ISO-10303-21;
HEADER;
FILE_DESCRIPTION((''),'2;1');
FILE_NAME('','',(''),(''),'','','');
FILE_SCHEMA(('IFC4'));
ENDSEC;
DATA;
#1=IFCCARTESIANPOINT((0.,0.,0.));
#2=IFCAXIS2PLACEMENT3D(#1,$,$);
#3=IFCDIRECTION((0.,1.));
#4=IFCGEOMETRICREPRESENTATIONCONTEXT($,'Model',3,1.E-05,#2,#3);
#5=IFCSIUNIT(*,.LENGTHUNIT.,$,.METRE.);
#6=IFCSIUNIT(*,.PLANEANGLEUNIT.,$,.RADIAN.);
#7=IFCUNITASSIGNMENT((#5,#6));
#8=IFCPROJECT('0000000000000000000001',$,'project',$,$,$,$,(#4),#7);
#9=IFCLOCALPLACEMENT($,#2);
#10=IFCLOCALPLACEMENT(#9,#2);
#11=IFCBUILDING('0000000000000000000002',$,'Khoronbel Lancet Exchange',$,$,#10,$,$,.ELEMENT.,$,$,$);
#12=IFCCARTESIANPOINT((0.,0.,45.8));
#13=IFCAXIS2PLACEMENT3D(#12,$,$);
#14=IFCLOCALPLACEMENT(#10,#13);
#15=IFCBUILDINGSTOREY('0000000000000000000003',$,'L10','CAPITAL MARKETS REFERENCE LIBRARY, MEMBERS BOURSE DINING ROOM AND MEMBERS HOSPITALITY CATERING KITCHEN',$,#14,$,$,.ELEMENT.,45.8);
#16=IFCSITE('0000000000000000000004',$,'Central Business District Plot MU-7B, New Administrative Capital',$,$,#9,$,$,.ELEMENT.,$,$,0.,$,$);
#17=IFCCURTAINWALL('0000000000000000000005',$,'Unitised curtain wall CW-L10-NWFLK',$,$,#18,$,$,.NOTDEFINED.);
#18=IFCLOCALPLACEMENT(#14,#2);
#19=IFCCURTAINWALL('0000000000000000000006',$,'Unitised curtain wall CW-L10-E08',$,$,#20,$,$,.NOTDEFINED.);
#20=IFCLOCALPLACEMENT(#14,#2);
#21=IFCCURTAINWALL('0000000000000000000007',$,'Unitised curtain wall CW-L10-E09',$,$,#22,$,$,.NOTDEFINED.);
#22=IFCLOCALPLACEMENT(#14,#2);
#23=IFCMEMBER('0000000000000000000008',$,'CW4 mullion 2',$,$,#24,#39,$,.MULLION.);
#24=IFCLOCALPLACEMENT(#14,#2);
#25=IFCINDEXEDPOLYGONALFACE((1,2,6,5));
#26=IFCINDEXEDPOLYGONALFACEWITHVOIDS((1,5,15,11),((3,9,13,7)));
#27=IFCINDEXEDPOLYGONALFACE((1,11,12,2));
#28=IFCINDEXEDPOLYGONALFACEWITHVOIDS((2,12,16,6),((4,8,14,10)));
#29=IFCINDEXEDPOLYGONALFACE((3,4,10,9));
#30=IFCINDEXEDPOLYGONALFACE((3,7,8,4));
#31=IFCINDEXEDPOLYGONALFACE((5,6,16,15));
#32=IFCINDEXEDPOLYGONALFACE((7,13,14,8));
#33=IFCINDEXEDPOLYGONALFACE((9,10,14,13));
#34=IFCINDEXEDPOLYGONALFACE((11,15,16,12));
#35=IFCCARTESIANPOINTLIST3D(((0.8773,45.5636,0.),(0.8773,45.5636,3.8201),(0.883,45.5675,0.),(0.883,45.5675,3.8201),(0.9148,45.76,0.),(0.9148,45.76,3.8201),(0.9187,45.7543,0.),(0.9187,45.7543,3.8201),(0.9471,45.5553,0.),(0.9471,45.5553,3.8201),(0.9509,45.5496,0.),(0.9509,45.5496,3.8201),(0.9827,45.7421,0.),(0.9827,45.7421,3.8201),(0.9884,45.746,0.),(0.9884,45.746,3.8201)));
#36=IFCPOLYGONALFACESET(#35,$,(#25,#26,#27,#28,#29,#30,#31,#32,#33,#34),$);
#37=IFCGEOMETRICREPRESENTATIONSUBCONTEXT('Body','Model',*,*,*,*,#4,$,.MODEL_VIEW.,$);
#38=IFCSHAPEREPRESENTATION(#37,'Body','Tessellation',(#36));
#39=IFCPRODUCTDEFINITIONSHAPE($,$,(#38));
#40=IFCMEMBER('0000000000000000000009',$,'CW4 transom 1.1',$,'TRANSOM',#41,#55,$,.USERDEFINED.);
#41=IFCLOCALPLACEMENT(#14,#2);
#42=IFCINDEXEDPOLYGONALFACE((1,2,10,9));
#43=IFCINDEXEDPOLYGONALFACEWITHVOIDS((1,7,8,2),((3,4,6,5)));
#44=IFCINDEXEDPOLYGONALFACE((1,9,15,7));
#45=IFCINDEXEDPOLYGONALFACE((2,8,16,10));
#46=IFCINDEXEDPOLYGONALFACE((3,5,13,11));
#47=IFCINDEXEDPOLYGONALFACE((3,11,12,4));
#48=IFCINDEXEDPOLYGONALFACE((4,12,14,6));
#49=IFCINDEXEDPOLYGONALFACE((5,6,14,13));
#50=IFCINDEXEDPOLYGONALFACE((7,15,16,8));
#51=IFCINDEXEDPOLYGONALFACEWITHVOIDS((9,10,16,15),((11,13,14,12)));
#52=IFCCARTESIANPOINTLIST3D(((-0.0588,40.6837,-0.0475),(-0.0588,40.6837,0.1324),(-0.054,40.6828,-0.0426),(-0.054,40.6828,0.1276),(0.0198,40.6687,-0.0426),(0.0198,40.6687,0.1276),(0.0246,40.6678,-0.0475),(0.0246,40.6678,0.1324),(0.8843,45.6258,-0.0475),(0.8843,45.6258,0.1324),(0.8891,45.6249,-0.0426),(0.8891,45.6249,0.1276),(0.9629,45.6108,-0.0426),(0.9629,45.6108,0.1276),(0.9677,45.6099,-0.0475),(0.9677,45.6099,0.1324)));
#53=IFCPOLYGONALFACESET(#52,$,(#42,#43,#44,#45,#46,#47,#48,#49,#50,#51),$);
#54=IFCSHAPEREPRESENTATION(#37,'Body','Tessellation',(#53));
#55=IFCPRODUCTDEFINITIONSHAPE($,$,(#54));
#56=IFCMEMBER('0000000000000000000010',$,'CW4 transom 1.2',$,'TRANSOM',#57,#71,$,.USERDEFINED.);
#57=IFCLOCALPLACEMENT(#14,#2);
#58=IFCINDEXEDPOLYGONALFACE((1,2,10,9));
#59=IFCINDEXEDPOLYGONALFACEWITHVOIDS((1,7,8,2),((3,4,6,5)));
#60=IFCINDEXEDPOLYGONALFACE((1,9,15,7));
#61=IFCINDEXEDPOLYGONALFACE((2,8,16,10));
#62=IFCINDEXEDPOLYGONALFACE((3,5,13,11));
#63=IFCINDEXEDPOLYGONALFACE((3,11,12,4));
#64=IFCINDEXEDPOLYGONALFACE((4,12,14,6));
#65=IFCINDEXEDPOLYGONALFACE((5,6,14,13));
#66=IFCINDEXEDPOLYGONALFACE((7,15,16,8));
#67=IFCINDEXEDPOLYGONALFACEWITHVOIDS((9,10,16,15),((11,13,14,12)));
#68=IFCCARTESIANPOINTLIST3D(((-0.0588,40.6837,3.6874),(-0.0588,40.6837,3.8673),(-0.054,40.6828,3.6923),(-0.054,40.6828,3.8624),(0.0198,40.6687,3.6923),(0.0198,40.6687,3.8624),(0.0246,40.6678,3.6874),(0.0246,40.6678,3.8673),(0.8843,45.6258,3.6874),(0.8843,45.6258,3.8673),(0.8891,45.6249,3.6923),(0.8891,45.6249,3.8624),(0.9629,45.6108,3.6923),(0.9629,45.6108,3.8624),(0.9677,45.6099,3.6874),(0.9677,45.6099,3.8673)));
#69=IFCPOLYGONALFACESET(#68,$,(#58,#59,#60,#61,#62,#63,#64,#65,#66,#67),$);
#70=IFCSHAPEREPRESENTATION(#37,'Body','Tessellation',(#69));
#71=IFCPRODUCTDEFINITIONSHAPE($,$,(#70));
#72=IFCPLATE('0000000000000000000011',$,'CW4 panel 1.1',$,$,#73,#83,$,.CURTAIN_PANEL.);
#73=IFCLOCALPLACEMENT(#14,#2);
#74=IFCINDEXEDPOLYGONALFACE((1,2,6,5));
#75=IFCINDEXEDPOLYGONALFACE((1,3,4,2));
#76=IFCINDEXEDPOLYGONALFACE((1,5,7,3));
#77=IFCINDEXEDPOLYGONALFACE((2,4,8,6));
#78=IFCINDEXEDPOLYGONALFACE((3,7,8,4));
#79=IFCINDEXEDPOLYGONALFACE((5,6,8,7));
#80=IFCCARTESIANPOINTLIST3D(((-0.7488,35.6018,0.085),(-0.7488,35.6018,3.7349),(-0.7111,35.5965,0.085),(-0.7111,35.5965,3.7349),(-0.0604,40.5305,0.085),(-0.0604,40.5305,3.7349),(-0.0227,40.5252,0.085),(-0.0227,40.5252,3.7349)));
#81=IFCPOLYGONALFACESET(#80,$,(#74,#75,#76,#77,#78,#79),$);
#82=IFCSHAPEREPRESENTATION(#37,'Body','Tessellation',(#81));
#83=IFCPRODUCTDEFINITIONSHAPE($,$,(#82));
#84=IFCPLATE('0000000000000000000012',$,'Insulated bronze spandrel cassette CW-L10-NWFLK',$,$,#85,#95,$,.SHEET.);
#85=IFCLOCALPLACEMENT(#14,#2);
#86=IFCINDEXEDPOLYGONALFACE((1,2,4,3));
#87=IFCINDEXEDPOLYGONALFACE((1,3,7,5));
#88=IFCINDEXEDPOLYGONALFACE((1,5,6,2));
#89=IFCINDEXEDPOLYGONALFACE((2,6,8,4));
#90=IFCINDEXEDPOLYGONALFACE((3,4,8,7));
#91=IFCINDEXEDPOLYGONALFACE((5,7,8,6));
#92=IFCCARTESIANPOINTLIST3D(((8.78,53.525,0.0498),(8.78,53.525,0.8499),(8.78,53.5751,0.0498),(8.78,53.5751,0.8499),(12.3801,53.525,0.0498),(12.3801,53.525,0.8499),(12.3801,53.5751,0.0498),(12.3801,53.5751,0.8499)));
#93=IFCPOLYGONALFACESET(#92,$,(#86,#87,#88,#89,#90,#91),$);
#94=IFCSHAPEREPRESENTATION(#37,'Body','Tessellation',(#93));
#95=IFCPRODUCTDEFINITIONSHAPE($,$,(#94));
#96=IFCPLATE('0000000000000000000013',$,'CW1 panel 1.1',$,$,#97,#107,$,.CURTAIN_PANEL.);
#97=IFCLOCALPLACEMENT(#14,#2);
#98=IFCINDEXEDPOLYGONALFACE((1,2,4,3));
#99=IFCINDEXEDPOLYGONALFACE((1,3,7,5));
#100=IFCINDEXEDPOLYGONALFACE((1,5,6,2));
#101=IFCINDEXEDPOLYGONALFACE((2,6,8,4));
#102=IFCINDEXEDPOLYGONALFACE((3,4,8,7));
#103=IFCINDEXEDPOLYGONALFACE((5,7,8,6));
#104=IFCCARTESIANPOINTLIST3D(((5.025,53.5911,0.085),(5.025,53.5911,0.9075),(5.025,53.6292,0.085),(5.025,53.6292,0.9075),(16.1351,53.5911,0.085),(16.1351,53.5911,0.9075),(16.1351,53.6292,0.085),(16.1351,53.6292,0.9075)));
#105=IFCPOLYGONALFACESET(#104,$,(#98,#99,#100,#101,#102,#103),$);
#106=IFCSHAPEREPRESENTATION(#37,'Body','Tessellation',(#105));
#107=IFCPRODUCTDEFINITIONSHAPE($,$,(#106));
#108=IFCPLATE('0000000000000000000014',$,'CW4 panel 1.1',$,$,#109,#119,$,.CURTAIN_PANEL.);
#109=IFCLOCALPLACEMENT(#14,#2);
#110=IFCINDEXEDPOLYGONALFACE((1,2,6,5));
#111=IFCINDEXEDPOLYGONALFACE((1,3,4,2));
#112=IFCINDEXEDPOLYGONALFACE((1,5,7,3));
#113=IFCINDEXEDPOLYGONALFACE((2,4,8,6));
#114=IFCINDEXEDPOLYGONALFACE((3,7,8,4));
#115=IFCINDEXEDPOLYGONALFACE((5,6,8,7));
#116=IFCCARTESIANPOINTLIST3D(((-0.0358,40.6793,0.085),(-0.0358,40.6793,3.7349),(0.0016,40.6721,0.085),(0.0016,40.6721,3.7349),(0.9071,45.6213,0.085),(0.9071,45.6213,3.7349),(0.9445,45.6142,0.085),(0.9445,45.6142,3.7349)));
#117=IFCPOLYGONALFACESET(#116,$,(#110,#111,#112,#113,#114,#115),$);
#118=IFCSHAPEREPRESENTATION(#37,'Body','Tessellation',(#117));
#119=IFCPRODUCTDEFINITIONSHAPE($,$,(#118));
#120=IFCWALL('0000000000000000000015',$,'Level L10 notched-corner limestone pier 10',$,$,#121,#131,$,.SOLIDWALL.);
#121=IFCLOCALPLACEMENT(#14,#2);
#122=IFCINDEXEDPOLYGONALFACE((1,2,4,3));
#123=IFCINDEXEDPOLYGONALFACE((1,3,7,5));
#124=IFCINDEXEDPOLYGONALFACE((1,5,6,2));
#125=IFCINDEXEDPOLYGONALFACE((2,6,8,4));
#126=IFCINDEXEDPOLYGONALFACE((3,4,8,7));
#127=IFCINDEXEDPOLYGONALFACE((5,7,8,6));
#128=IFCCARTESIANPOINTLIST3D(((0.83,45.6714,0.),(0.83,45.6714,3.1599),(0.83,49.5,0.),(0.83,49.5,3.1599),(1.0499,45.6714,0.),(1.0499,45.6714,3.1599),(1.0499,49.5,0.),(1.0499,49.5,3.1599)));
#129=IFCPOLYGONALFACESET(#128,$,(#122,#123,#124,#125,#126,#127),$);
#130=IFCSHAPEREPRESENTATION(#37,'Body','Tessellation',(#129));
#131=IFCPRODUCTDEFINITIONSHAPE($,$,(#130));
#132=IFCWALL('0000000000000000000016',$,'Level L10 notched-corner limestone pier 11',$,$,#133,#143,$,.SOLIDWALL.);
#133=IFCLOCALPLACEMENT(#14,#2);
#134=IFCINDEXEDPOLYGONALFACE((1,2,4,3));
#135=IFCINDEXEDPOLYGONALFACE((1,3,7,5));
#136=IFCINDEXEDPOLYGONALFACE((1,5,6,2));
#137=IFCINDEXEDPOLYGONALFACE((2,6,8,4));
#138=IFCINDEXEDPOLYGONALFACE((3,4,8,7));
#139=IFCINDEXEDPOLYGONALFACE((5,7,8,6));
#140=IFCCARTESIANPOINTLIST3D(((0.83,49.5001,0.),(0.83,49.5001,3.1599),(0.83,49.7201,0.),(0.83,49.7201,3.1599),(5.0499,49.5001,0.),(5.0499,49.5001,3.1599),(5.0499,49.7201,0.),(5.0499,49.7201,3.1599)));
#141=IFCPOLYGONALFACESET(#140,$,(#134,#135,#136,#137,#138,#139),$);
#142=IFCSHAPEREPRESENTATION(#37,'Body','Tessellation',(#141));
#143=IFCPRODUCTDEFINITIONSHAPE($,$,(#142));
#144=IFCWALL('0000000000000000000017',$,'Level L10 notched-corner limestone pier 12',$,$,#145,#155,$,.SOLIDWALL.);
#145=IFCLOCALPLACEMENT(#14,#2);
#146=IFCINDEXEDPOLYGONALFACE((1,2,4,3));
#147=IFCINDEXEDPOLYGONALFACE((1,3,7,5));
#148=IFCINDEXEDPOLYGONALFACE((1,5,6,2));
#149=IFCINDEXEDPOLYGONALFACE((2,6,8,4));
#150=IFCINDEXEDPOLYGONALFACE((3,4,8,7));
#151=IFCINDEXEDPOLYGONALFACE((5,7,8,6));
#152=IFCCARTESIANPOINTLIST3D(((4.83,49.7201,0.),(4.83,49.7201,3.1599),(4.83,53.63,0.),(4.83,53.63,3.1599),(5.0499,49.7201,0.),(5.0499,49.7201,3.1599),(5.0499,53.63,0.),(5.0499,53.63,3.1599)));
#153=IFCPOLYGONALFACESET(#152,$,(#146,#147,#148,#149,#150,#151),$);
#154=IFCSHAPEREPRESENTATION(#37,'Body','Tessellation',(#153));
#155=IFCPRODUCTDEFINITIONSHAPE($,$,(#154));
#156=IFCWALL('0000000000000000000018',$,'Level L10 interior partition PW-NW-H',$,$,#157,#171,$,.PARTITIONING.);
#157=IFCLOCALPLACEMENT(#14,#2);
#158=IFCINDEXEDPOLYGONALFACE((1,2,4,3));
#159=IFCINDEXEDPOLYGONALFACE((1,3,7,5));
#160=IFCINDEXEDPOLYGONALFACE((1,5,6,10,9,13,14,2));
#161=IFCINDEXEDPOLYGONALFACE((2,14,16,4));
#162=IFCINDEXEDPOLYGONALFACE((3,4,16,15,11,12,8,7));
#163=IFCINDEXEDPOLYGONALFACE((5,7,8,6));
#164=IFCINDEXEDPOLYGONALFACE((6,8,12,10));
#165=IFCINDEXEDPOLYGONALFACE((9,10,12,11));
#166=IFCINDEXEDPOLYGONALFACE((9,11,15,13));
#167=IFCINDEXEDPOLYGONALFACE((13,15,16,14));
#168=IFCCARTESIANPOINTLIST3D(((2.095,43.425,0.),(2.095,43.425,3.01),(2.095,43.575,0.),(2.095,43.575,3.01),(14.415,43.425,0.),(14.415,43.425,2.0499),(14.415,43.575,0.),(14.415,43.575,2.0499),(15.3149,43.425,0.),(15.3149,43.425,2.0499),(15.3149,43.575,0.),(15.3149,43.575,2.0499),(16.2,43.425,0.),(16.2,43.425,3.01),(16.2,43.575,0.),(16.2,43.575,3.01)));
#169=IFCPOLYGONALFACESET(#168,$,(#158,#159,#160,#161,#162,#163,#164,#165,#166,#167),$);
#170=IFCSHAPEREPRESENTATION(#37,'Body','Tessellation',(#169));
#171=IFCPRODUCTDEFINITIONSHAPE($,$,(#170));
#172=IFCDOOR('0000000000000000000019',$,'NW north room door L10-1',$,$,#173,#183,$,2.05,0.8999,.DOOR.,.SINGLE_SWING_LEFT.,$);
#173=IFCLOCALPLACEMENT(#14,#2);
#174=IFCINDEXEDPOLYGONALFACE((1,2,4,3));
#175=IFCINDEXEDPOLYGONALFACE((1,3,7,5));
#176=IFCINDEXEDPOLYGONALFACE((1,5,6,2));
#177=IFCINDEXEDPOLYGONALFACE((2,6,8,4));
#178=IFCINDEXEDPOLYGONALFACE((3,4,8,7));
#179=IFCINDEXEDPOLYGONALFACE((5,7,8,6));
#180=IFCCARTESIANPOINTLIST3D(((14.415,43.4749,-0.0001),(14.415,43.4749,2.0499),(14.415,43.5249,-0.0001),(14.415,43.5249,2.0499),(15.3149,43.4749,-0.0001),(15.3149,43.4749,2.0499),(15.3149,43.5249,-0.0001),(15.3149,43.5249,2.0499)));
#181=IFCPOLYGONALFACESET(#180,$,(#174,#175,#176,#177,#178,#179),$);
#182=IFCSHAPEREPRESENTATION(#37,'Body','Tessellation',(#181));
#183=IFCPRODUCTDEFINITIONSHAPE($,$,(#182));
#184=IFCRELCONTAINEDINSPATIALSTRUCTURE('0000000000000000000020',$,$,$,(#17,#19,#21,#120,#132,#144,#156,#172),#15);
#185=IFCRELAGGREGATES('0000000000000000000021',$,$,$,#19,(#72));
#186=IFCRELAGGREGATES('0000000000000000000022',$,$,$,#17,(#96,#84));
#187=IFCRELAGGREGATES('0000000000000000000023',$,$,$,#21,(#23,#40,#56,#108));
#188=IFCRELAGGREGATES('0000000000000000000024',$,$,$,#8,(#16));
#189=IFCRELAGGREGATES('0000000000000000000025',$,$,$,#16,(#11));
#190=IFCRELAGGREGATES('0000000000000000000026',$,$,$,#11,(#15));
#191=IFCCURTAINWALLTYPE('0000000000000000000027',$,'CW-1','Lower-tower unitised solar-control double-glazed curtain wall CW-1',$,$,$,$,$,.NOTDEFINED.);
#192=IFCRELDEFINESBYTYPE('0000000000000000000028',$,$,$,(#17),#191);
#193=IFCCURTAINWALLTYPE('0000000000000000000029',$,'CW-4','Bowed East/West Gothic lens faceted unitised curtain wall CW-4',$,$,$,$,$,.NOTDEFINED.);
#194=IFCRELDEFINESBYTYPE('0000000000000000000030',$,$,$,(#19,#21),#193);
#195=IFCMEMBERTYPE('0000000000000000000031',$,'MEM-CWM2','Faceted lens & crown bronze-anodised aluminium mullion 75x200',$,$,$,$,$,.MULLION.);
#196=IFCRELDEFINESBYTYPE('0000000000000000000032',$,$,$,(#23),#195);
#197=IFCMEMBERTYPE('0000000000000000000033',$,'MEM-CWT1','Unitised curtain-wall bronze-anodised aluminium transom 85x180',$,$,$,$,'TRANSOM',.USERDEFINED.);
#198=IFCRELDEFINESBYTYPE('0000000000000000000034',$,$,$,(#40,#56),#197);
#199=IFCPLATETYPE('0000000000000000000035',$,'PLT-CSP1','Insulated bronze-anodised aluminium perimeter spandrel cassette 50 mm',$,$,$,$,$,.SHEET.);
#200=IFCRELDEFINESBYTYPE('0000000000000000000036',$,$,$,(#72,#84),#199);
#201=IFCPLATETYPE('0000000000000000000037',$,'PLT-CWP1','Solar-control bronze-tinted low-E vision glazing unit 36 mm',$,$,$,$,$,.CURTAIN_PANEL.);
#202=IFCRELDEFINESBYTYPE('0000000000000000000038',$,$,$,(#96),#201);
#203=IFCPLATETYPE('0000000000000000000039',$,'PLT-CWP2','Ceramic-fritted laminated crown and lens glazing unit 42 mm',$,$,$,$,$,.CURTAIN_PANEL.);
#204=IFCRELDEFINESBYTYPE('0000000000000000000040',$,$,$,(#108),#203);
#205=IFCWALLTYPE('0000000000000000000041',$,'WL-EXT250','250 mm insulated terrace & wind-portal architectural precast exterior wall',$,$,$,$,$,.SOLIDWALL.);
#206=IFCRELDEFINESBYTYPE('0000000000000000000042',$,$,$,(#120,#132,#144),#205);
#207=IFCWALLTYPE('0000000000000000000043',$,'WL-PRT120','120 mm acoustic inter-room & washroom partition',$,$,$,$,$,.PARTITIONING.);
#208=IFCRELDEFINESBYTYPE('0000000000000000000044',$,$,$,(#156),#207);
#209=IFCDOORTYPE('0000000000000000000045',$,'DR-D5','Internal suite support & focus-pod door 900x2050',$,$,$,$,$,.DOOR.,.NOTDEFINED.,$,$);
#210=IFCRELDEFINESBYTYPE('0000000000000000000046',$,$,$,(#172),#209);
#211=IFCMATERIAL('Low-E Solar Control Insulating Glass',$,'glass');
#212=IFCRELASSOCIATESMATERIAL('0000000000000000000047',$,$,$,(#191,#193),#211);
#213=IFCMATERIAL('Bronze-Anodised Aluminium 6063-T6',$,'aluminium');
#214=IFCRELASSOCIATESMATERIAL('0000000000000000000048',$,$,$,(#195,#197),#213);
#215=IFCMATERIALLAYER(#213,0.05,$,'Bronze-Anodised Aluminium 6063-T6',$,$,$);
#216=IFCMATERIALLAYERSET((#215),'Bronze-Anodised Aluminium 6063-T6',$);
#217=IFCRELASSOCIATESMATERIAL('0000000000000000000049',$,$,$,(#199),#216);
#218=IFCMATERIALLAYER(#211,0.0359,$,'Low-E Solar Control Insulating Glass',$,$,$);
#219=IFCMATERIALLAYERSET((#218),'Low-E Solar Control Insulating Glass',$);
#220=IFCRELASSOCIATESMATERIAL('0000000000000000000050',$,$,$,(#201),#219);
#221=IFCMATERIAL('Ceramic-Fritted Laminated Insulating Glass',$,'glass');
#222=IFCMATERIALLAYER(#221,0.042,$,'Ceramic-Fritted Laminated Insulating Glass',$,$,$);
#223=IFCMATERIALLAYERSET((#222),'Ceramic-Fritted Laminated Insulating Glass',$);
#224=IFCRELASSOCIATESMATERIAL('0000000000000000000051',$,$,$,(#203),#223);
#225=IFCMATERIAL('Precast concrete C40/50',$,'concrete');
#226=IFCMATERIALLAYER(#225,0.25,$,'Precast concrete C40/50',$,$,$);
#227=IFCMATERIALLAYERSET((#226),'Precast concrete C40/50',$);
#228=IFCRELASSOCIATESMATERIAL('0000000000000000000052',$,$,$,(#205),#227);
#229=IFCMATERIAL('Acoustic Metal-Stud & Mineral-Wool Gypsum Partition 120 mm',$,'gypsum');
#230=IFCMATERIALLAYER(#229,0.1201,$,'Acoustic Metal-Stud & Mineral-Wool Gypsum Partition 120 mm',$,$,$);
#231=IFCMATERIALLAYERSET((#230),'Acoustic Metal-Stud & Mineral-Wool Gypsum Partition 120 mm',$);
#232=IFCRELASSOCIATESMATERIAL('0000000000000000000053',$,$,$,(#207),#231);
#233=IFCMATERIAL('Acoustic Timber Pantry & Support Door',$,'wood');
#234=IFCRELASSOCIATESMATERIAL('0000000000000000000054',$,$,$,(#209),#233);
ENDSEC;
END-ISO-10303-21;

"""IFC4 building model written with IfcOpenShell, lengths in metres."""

from ifc_helpers import new_model, si_unit, direction, frame, frame_2d, origin, origin_2d, place, context, subcontext, project, spatial, rectangle, hollow_rectangle, extrude, material, layer, layer_set, material_profile, profile_set, type_object, element, fill, aggregate, save


model = new_model("IFC4")

# Units and contexts
model_context = context("Model", 3, precision=1e-05, world=origin(), true_north=direction((0.0, 1.0)))
body_context = subcontext(model_context, "Body", "Model", "MODEL_VIEW")
ifc_project = project(units=[si_unit("LENGTHUNIT", "METRE"), si_unit("PLANEANGLEUNIT", "RADIAN")], contexts=[model_context])

# Site, building, storey
site_placement = place(None, origin())
site = spatial("IfcSite", under=ifc_project, at=site_placement, Name="Central Business District Plot MU-7B, New Administrative Capital", CompositionType="ELEMENT", RefElevation=0.0)
building_placement = place(site_placement, origin())
building = spatial("IfcBuilding", under=site, at=building_placement, Name="Khoronbel Lancet Exchange", CompositionType="ELEMENT")
storey_placement = place(building_placement, frame((0.0, 0.0, 45.8)))
storey = spatial("IfcBuildingStorey", under=building, at=storey_placement, Name="L10", Description="CAPITAL MARKETS REFERENCE LIBRARY, MEMBERS BOURSE DINING ROOM AND MEMBERS HOSPITALITY CATERING KITCHEN", CompositionType="ELEMENT", Elevation=45.8)

# Curtain walls
ifc_material_1 = material(Name="Low-E Solar Control Insulating Glass", Category="glass")
curtain_wall_type_1 = type_object("IfcCurtainWallType", Name="CW-1", Description="Lower-tower unitised solar-control double-glazed curtain wall CW-1", PredefinedType="NOTDEFINED", material=ifc_material_1)
curtain_wall_1_placement = place(storey_placement, origin())
curtain_wall_1 = element("IfcCurtainWall", 1, at=curtain_wall_1_placement, inside=storey, type_object=curtain_wall_type_1, Name="Unitised curtain wall CW-L10-NWFLK", PredefinedType="NOTDEFINED")
ifc_material_2 = material(Name="Bronze-Anodised Aluminium 6063-T6", Category="aluminium")
curtain_wall_type_2 = type_object("IfcCurtainWallType", Name="CW-4", Description="Bowed East/West Gothic lens faceted unitised curtain wall CW-4", PredefinedType="NOTDEFINED", material=ifc_material_1)
curtain_wall_2_placement = place(storey_placement, origin())
curtain_wall_2 = element("IfcCurtainWall", 2, at=curtain_wall_2_placement, inside=storey, type_object=curtain_wall_type_2, Name="Unitised curtain wall CW-L10-E08", PredefinedType="NOTDEFINED")
ifc_material_profile_1 = material_profile(ifc_material_2, hollow_rectangle(XDim=0.075, YDim=0.2, WallThickness=0.0049, at=origin_2d()), Name="ALU MULLION 75x200")
ifc_profile_set_1 = profile_set([ifc_material_profile_1], Name="Bronze-Anodised Aluminium 6063-T6")
member_type_1 = type_object("IfcMemberType", Name="MEM-CWM2", Description="Faceted lens & crown bronze-anodised aluminium mullion 75x200", PredefinedType="MULLION", material=ifc_profile_set_1)

# Curtain wall, members
curtain_wall_3_placement = place(storey_placement, origin())
curtain_wall_3 = element("IfcCurtainWall", 3, at=curtain_wall_3_placement, inside=storey, type_object=curtain_wall_type_2, Name="Unitised curtain wall CW-L10-E09", PredefinedType="NOTDEFINED")
member_1_placement = place(storey_placement, frame((0.9329, 45.6548, 0.0), z_axis=(0.0, 0.0, 1.0), x_axis=(-0.982279, 0.187423, 0.0)))
member_1 = element("IfcMember", 4, at=member_1_placement, type_object=member_type_1, Name="CW4 mullion 2", PredefinedType="MULLION", context=body_context, shape_type="SweptSolid", body=[
    extrude(hollow_rectangle(XDim=0.075, YDim=0.2, WallThickness=0.0049, at=origin_2d()), origin(), (0.0, 0.0, 1.0), 3.8201),
])
ifc_material_profile_2 = material_profile(ifc_material_2, hollow_rectangle(XDim=0.085, YDim=0.1799, WallThickness=0.0049, at=origin_2d()), Name="ALU TRANSOM 85x180")
ifc_profile_set_2 = profile_set([ifc_material_profile_2], Name="Bronze-Anodised Aluminium 6063-T6")
member_type_2 = type_object("IfcMemberType", Name="MEM-CWT1", Description="Unitised curtain-wall bronze-anodised aluminium transom 85x180", ElementType="TRANSOM", PredefinedType="USERDEFINED", material=ifc_profile_set_2)
member_2_placement = place(storey_placement, frame((-0.0171, 40.6758, 0.0425), z_axis=(0.187449, 0.982274, 0.0), x_axis=(-0.982274, 0.187449, 0.0)))
member_2 = element("IfcMember", 5, at=member_2_placement, type_object=member_type_2, Name="CW4 transom 1.1", ObjectType="TRANSOM", PredefinedType="USERDEFINED", context=body_context, shape_type="SweptSolid", body=[
    extrude(hollow_rectangle(XDim=0.085, YDim=0.1799, WallThickness=0.0049, at=origin_2d()), origin(), (0.0, 0.0, 1.0), 5.0312),
])
member_3_placement = place(storey_placement, frame((-0.0171, 40.6758, 3.7773), z_axis=(0.187449, 0.982274, 0.0), x_axis=(-0.982274, 0.187449, 0.0)))
member_3 = element("IfcMember", 6, at=member_3_placement, type_object=member_type_2, Name="CW4 transom 1.2", ObjectType="TRANSOM", PredefinedType="USERDEFINED", context=body_context, shape_type="SweptSolid", body=[
    extrude(hollow_rectangle(XDim=0.085, YDim=0.1799, WallThickness=0.0049, at=origin_2d()), origin(), (0.0, 0.0, 1.0), 5.0312),
])

# Plates
ifc_layer_1 = layer(ifc_material_2, 0.05, Name="Bronze-Anodised Aluminium 6063-T6")
ifc_layer_set_1 = layer_set([ifc_layer_1], Name="Bronze-Anodised Aluminium 6063-T6")
plate_type_1 = type_object("IfcPlateType", Name="PLT-CSP1", Description="Insulated bronze-anodised aluminium perimeter spandrel cassette 50 mm", PredefinedType="SHEET", material=ifc_layer_set_1)
plate_1_placement = place(storey_placement, frame((-0.3857, 38.0635, 0.085), z_axis=(0.0, 0.0, 1.0), x_axis=(0.13834, 0.990385, 0.0)))
plate_1 = element("IfcPlate", 7, at=plate_1_placement, type_object=plate_type_1, Name="CW4 panel 1.1", PredefinedType="CURTAIN_PANEL", context=body_context, shape_type="SweptSolid", body=[
    extrude(rectangle(XDim=4.9766, YDim=0.0381, at=origin_2d()), origin(), (0.0, 0.0, 1.0), 3.6499),
])
aggregate(curtain_wall_2, [plate_1])
plate_2_placement = place(storey_placement, frame((10.5801, 53.55, 0.0498), z_axis=(0.0, 0.0, 1.0), x_axis=(-1.0, 0.0, 0.0)))
plate_2 = element("IfcPlate", 8, at=plate_2_placement, type_object=plate_type_1, Name="Insulated bronze spandrel cassette CW-L10-NWFLK", PredefinedType="SHEET", context=body_context, shape_type="SweptSolid", body=[
    extrude(rectangle(XDim=3.6001, YDim=0.05, at=origin_2d()), origin(), (0.0, 0.0, 1.0), 0.8),
])
ifc_layer_2 = layer(ifc_material_1, 0.0359, Name="Low-E Solar Control Insulating Glass")
ifc_layer_set_2 = layer_set([ifc_layer_2], Name="Low-E Solar Control Insulating Glass")
plate_type_2 = type_object("IfcPlateType", Name="PLT-CWP1", Description="Solar-control bronze-tinted low-E vision glazing unit 36 mm", PredefinedType="CURTAIN_PANEL", material=ifc_layer_set_2)
plate_3_placement = place(storey_placement, frame((10.5801, 53.6101, 0.085), z_axis=(0.0, 0.0, 1.0), x_axis=(-1.0, 0.0, 0.0)))
plate_3 = element("IfcPlate", 9, at=plate_3_placement, type_object=plate_type_2, Name="CW1 panel 1.1", PredefinedType="CURTAIN_PANEL", context=body_context, shape_type="SweptSolid", body=[
    extrude(rectangle(XDim=11.1101, YDim=0.0381, at=origin_2d()), origin(), (0.0, 0.0, 1.0), 0.8225),
])
aggregate(curtain_wall_1, [plate_3, plate_2])
ifc_material_3 = material(Name="Ceramic-Fritted Laminated Insulating Glass", Category="glass")
ifc_layer_3 = layer(ifc_material_3, 0.042, Name="Ceramic-Fritted Laminated Insulating Glass")
ifc_layer_set_3 = layer_set([ifc_layer_3], Name="Ceramic-Fritted Laminated Insulating Glass")
plate_type_3 = type_object("IfcPlateType", Name="PLT-CWP2", Description="Ceramic-fritted laminated crown and lens glazing unit 42 mm", PredefinedType="CURTAIN_PANEL", material=ifc_layer_set_3)
plate_4_placement = place(storey_placement, frame((0.4543, 43.1467, 0.085), z_axis=(0.0, 0.0, 1.0), x_axis=(0.187423, 0.982279, 0.0)))
plate_4 = element("IfcPlate", 10, at=plate_4_placement, type_object=plate_type_3, Name="CW4 panel 1.1", PredefinedType="CURTAIN_PANEL", context=body_context, shape_type="SweptSolid", body=[
    extrude(rectangle(XDim=5.0312, YDim=0.0381, at=origin_2d()), origin(), (0.0, 0.0, 1.0), 3.6499),
])
aggregate(curtain_wall_3, [member_1, member_2, member_3, plate_4])

# Walls
ifc_material_4 = material(Name="Precast concrete C40/50", Category="concrete")
ifc_layer_4 = layer(ifc_material_4, 0.25, Name="Precast concrete C40/50")
ifc_layer_set_4 = layer_set([ifc_layer_4], Name="Precast concrete C40/50")
wall_type_1 = type_object("IfcWallType", Name="WL-EXT250", Description="250 mm insulated terrace & wind-portal architectural precast exterior wall", PredefinedType="SOLIDWALL", material=ifc_layer_set_4)
wall_1_placement = place(storey_placement, frame((0.9399, 45.6714, 0.0), z_axis=(0.0, 0.0, 1.0), x_axis=(0.0, 1.0, 0.0)))
element("IfcWall", 11, at=wall_1_placement, inside=storey, type_object=wall_type_1, Name="Level L10 notched-corner limestone pier 10", PredefinedType="SOLIDWALL", context=body_context, shape_type="SweptSolid", body=[
    extrude(rectangle(XDim=3.8286, YDim=0.22, at=frame_2d((1.9143, 0.0))), origin(), (0.0, 0.0, 1.0), 3.1599),
])
wall_2_placement = place(storey_placement, frame((0.8301, 49.6101, 0.0), z_axis=(0.0, 0.0, 1.0), x_axis=(1.0, 0.0, 0.0)))
element("IfcWall", 12, at=wall_2_placement, inside=storey, type_object=wall_type_1, Name="Level L10 notched-corner limestone pier 11", PredefinedType="SOLIDWALL", context=body_context, shape_type="SweptSolid", body=[
    extrude(rectangle(XDim=4.22, YDim=0.22, at=frame_2d((2.1099, 0.0))), origin(), (0.0, 0.0, 1.0), 3.1599),
])
wall_3_placement = place(storey_placement, frame((4.9399, 49.72, 0.0), z_axis=(0.0, 0.0, 1.0), x_axis=(0.0, 1.0, 0.0)))
element("IfcWall", 13, at=wall_3_placement, inside=storey, type_object=wall_type_1, Name="Level L10 notched-corner limestone pier 12", PredefinedType="SOLIDWALL", context=body_context, shape_type="SweptSolid", body=[
    extrude(rectangle(XDim=3.9099, YDim=0.22, at=frame_2d((1.9551, 0.0))), origin(), (0.0, 0.0, 1.0), 3.1599),
])

# Wall, opening, door
ifc_material_5 = material(Name="Acoustic Metal-Stud & Mineral-Wool Gypsum Partition 120 mm", Category="gypsum")
ifc_layer_5 = layer(ifc_material_5, 0.1201, Name="Acoustic Metal-Stud & Mineral-Wool Gypsum Partition 120 mm")
ifc_layer_set_5 = layer_set([ifc_layer_5], Name="Acoustic Metal-Stud & Mineral-Wool Gypsum Partition 120 mm")
wall_type_2 = type_object("IfcWallType", Name="WL-PRT120", Description="120 mm acoustic inter-room & washroom partition", PredefinedType="PARTITIONING", material=ifc_layer_set_5)
wall_4_placement = place(storey_placement, frame((2.095, 43.5, 0.0), z_axis=(0.0, 0.0, 1.0), x_axis=(1.0, 0.0, 0.0)))
wall_4 = element("IfcWall", 14, at=wall_4_placement, inside=storey, type_object=wall_type_2, Name="Level L10 interior partition PW-NW-H", PredefinedType="PARTITIONING", context=body_context, shape_type="SweptSolid", body=[
    extrude(rectangle(XDim=14.105, YDim=0.1499, at=frame_2d((7.0525, 0.0))), origin(), (0.0, 0.0, 1.0), 3.01),
])
opening_1_placement = place(wall_4_placement, frame((12.3201, 0.0, 0.0)))
opening_1 = element("IfcOpeningElement", 15, at=opening_1_placement, cuts=wall_4, PredefinedType="OPENING", context=body_context, shape_type="SweptSolid", body=[
    extrude(rectangle(XDim=0.8999, YDim=2.05, at=frame_2d((0.45, 1.0249))), frame((0.0, 0.085, 0.0), z_axis=(0.0, -1.0, 0.0), x_axis=(1.0, 0.0, 0.0)), (0.0, 0.0, 1.0), 0.1699),
])
ifc_material_6 = material(Name="Acoustic Timber Pantry & Support Door", Category="wood")
door_type_1 = type_object("IfcDoorType", Name="DR-D5", Description="Internal suite support & focus-pod door 900x2050", OperationType="NOTDEFINED", PredefinedType="DOOR", material=ifc_material_6)
door_1_placement = place(opening_1_placement, origin())
door_1 = element("IfcDoor", 16, at=door_1_placement, inside=storey, type_object=door_type_1, Name="NW north room door L10-1", OperationType="SINGLE_SWING_LEFT", OverallHeight=2.05, OverallWidth=0.8999, PredefinedType="DOOR", context=body_context, shape_type="SweptSolid", body=[
    extrude(rectangle(XDim=0.8999, YDim=2.05, at=frame_2d((0.45, 1.0249))), frame((0.0, 0.0249, 0.0), z_axis=(0.0, -1.0, 0.0), x_axis=(1.0, 0.0, 0.0)), (0.0, 0.0, 1.0), 0.05),
])
fill(opening_1, door_1)

save(model, "model.ifc")
